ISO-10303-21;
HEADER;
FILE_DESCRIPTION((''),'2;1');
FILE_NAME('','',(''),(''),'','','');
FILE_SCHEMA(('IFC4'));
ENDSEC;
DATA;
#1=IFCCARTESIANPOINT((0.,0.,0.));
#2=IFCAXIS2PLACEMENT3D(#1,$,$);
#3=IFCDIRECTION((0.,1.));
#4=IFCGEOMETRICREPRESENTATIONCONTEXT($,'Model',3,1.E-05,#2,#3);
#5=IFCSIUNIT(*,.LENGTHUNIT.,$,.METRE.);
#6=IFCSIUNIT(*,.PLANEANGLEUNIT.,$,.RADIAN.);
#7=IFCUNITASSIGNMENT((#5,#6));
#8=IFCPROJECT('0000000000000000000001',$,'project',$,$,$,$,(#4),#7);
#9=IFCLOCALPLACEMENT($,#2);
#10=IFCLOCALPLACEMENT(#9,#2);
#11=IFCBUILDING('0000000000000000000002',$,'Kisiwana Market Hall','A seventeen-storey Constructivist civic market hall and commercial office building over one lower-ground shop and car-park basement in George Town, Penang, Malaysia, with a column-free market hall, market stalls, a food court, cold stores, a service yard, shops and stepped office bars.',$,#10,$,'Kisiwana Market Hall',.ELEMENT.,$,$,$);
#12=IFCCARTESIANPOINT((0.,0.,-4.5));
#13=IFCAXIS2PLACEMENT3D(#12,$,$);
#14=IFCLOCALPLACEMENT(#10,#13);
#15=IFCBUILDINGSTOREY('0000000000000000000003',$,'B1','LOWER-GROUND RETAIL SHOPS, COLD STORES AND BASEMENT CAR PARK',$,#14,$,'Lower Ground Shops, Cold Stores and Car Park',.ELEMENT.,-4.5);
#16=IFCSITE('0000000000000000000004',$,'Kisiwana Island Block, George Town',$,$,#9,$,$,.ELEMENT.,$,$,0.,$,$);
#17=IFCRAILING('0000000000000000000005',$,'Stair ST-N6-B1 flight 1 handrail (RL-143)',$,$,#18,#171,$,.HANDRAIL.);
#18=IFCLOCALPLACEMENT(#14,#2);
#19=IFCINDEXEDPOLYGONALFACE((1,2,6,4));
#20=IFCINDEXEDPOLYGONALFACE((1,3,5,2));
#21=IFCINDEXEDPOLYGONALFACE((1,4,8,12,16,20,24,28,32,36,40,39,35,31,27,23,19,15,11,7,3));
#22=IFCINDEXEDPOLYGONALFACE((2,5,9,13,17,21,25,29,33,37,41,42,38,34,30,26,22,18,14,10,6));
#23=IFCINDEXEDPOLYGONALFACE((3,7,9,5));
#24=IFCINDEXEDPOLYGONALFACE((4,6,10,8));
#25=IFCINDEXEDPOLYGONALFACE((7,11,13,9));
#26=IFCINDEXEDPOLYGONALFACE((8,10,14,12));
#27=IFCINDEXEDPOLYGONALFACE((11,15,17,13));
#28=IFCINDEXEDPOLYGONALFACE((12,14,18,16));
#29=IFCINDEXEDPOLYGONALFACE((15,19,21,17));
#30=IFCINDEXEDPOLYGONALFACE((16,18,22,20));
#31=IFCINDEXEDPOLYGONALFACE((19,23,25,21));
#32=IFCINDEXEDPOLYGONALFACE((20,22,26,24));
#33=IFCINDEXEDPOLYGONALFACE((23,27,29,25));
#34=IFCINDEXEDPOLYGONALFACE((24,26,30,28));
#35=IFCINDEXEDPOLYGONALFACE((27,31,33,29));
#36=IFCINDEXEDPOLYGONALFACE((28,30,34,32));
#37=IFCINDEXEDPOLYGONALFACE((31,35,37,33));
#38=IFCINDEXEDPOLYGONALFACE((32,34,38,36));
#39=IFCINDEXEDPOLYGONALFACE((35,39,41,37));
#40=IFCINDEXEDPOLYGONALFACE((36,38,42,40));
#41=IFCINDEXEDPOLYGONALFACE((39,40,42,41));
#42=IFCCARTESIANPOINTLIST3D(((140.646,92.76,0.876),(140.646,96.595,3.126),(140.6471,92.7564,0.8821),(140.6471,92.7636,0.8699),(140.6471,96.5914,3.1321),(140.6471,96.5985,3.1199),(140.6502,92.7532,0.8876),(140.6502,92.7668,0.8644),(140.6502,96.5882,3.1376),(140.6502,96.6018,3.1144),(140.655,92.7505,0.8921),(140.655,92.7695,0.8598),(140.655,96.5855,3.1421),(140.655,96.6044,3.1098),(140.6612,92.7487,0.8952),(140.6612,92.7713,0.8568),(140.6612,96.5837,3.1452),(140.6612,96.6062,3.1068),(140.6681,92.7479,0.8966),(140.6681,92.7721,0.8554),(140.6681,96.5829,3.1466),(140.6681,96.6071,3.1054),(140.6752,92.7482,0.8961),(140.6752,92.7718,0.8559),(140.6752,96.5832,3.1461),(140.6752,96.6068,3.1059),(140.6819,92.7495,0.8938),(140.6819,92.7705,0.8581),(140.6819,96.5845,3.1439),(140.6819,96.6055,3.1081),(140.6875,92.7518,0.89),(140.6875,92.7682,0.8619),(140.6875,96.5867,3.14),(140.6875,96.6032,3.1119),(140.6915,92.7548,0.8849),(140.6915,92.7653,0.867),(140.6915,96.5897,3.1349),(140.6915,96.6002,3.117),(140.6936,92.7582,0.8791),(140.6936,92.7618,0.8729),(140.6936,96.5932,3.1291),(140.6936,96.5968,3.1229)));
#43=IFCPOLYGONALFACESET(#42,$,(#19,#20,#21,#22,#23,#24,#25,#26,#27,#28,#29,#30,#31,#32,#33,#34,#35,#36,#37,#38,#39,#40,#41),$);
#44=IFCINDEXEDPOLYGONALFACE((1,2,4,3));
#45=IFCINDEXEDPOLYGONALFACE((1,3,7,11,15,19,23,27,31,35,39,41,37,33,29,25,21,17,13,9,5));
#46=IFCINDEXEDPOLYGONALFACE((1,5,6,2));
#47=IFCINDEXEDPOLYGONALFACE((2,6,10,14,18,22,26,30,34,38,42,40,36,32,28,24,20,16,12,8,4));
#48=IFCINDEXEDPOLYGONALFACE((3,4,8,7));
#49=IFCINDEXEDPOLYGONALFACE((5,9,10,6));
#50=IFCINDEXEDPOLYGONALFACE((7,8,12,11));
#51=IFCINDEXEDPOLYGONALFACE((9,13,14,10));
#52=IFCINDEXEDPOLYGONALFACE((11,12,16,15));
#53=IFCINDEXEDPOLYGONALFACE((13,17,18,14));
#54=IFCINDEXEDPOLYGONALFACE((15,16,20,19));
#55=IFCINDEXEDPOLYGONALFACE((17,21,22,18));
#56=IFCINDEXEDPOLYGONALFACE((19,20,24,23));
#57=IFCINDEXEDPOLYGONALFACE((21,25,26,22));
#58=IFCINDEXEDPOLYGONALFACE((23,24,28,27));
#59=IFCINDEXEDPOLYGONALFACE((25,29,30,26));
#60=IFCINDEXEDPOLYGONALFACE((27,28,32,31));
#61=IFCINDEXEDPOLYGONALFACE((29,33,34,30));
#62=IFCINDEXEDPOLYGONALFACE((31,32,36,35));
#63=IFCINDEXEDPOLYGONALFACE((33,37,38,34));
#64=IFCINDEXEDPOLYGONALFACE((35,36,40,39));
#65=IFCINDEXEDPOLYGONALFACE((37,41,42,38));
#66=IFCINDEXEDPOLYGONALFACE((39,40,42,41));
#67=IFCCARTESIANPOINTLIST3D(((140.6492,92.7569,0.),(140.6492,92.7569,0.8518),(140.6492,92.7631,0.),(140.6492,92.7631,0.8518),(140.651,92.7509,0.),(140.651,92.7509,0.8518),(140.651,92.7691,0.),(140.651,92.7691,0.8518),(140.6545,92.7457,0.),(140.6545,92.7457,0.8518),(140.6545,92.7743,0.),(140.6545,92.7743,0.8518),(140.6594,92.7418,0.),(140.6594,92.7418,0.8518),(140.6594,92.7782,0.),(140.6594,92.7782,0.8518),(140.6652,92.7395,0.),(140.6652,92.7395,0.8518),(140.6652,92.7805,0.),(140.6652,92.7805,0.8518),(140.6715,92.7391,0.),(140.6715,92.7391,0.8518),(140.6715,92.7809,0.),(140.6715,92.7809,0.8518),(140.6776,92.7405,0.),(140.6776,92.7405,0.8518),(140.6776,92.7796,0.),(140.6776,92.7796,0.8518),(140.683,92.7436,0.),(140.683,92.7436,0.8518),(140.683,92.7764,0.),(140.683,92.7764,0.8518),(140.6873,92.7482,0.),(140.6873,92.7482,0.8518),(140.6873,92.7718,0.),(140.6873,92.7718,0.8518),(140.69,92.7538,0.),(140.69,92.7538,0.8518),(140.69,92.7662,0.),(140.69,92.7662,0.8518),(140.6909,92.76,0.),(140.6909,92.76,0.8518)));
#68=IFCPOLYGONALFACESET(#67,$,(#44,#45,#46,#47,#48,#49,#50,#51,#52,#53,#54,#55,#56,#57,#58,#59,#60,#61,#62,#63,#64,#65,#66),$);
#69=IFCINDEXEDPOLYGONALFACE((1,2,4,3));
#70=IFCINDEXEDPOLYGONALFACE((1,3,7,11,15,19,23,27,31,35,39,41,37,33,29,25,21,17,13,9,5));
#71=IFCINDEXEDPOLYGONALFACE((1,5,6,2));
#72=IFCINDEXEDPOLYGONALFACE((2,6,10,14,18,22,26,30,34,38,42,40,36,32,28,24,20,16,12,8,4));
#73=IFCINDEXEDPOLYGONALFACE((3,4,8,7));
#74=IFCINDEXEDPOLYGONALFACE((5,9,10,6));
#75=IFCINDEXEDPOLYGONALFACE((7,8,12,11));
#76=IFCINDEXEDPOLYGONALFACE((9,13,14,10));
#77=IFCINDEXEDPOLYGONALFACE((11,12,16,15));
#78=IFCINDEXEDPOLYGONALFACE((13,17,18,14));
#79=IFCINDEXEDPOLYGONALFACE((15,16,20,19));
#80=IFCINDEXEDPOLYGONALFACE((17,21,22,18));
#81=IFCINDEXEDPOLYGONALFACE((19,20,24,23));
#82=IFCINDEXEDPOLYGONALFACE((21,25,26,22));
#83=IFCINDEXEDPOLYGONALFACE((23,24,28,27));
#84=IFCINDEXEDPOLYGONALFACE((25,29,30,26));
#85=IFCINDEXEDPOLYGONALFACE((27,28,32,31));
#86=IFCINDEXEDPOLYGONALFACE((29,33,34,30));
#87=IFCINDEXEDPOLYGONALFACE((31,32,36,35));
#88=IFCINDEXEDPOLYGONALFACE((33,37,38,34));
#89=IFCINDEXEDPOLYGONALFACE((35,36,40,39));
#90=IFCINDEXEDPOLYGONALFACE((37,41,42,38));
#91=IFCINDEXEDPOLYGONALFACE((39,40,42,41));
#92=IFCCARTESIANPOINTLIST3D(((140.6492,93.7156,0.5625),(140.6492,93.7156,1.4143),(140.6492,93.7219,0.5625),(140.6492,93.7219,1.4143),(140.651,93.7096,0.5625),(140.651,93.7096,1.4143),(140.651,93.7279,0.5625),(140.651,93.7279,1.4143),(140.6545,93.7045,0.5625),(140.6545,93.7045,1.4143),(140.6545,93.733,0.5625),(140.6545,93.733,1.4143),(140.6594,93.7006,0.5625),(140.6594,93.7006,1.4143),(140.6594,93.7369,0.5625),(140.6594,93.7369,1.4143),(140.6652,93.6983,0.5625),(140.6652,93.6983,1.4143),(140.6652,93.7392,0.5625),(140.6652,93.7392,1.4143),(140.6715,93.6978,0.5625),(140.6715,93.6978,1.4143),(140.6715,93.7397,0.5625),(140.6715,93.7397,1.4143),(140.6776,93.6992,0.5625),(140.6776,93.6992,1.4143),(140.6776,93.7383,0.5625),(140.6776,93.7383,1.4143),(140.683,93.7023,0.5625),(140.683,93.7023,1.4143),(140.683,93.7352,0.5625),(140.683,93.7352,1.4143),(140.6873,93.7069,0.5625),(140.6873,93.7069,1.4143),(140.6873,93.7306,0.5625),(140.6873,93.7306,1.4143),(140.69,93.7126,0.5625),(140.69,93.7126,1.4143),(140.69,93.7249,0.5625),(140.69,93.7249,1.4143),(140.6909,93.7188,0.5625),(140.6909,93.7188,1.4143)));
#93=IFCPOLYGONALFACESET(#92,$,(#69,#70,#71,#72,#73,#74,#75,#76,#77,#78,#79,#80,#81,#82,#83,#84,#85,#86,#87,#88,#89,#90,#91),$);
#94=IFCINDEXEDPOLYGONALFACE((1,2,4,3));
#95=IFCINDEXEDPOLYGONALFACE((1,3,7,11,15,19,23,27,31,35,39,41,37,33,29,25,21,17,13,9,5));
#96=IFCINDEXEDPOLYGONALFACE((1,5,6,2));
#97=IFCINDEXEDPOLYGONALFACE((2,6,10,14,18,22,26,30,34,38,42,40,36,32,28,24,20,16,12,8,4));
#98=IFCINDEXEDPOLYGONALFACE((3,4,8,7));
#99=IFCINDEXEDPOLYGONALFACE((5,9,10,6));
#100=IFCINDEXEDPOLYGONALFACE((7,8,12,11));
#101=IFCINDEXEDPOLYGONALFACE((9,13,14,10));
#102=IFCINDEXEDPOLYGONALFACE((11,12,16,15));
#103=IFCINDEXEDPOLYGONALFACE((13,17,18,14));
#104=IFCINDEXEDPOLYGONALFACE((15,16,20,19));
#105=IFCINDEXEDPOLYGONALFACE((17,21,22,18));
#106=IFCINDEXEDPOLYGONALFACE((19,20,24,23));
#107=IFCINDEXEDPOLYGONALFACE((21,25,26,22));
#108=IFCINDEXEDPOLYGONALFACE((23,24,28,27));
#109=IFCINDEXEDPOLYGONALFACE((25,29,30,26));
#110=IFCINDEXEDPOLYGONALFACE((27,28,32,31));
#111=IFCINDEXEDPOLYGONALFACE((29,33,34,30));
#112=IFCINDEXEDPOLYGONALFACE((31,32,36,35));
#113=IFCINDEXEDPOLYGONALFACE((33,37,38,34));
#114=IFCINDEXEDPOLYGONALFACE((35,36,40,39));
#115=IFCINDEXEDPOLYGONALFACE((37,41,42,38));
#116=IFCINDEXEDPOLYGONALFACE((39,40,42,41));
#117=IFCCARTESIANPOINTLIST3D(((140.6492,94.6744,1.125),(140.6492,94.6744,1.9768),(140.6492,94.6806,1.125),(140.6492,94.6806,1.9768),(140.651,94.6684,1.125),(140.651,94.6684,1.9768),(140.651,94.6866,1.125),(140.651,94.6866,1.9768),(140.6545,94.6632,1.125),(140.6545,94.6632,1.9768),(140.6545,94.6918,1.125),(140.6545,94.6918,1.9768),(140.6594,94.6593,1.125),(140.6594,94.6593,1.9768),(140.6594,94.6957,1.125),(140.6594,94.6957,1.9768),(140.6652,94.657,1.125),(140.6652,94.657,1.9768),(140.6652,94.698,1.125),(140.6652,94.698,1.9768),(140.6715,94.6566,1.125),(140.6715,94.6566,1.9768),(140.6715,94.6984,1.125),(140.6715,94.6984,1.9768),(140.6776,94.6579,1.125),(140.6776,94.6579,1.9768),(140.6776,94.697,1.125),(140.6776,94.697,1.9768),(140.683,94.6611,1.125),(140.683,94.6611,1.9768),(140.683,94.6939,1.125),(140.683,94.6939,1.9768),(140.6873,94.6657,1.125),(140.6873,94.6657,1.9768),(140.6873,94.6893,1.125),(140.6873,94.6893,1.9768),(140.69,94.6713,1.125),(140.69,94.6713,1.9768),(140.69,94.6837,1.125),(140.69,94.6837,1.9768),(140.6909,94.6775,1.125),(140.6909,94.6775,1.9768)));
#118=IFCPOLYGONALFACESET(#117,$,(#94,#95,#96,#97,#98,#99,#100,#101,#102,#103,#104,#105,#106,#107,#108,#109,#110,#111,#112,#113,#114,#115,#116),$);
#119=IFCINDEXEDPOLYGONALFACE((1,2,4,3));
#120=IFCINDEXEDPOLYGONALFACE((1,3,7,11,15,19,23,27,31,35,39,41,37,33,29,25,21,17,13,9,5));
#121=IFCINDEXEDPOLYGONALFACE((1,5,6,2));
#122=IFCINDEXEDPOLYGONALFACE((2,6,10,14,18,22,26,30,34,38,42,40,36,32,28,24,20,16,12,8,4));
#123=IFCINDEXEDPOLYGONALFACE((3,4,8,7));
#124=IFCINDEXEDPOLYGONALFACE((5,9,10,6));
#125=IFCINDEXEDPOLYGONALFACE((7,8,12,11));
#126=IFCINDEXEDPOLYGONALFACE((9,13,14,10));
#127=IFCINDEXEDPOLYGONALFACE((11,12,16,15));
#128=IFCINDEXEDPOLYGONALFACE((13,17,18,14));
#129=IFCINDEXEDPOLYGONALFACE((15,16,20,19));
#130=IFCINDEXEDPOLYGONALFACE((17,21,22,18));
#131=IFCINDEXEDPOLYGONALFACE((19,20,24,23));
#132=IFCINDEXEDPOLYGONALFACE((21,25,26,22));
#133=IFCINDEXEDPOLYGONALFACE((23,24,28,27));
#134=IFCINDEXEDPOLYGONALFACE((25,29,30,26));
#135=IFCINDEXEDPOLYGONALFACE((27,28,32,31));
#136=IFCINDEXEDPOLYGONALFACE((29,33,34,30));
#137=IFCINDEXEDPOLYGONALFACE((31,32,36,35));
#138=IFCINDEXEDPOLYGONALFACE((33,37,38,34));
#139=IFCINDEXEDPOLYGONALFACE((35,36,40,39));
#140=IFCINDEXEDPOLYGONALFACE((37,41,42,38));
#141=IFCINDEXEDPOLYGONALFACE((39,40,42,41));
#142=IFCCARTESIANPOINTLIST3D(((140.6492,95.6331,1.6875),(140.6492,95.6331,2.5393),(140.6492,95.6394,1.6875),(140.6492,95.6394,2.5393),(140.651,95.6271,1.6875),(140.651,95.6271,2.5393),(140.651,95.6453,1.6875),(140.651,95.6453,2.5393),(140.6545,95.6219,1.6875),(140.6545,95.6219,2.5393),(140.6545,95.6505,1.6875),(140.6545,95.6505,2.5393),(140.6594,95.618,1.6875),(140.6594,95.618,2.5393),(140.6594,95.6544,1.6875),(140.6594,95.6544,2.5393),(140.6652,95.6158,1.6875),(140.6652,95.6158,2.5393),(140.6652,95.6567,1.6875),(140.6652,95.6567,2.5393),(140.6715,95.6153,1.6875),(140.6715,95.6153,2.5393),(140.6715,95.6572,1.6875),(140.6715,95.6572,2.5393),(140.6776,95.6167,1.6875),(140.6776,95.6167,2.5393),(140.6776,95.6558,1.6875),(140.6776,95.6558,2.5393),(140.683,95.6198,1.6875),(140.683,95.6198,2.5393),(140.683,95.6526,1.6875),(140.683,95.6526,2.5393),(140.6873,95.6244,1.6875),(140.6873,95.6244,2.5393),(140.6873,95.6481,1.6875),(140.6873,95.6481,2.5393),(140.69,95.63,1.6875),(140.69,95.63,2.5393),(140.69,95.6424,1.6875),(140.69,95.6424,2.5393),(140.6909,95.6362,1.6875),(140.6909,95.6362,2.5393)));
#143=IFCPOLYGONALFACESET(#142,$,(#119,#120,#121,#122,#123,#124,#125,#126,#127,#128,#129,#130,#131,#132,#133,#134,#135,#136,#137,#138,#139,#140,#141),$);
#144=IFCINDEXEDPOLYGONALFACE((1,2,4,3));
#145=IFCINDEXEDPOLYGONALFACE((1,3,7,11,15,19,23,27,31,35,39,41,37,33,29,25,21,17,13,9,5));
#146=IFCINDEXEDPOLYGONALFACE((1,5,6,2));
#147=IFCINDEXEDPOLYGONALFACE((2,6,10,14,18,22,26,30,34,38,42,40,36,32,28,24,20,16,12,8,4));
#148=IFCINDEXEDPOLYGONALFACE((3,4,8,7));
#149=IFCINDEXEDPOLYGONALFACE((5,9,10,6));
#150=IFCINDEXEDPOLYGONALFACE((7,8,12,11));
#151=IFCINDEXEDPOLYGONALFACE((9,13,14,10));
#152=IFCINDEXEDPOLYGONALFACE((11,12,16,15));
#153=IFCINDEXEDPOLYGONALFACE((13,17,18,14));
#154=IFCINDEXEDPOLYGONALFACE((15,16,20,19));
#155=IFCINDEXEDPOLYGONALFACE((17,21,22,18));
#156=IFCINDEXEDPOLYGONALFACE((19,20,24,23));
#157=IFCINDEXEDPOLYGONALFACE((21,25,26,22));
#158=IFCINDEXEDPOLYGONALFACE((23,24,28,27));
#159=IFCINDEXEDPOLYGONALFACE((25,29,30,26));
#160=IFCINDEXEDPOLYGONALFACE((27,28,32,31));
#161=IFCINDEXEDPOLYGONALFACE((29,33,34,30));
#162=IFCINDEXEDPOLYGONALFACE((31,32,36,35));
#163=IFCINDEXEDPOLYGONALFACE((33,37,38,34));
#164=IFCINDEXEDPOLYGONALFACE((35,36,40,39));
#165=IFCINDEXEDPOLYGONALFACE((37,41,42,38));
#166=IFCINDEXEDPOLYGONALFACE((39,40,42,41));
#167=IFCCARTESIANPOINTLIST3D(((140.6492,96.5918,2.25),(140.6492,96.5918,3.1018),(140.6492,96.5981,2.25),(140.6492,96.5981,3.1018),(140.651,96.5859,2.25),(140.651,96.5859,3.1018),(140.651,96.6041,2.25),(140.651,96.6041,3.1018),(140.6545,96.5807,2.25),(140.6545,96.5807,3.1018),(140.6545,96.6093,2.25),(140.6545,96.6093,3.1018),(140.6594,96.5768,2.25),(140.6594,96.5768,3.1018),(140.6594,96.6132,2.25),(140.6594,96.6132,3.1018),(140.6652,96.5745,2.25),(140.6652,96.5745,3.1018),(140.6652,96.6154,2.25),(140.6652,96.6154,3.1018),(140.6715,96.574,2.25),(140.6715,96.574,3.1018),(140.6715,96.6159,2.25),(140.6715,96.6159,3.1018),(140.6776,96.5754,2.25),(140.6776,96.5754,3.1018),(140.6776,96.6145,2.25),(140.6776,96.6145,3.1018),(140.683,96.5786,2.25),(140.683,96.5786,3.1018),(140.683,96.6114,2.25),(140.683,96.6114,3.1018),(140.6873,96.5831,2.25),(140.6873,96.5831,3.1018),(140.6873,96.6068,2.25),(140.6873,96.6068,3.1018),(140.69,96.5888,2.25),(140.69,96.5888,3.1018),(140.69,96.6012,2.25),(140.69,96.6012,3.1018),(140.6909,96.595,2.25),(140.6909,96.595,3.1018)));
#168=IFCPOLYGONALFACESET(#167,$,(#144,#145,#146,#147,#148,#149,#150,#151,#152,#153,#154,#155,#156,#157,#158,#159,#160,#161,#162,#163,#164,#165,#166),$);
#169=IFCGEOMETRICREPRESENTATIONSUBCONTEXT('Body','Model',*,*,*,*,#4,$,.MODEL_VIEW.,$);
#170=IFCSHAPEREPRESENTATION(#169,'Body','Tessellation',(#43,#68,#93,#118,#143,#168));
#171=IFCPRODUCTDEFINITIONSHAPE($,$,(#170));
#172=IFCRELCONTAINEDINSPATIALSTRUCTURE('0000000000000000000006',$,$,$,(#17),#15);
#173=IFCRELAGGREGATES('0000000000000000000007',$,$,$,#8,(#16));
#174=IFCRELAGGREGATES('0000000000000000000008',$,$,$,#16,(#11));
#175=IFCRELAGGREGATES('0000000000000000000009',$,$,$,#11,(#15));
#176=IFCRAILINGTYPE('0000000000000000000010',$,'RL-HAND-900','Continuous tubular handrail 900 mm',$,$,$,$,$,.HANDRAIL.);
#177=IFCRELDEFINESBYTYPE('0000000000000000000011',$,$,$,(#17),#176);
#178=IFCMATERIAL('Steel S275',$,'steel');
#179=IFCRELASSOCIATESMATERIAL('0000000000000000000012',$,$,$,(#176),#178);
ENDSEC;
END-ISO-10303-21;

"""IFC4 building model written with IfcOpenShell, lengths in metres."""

from ifc_helpers import new_model, si_unit, direction, frame, origin, origin_2d, place, context, subcontext, project, spatial, circle, extrude, material, type_object, element, save


model = new_model("IFC4")

# Units and contexts
model_context = context("Model", 3, precision=1e-05, world=origin(), true_north=direction((0.0, 1.0)))
body_context = subcontext(model_context, "Body", "Model", "MODEL_VIEW")
ifc_project = project(units=[si_unit("LENGTHUNIT", "METRE"), si_unit("PLANEANGLEUNIT", "RADIAN")], contexts=[model_context])

# Site, building, storey
site_placement = place(None, origin())
site = spatial("IfcSite", under=ifc_project, at=site_placement, Name="Kisiwana Island Block, George Town", CompositionType="ELEMENT", RefElevation=0.0)
building_placement = place(site_placement, origin())
building = spatial("IfcBuilding", under=site, at=building_placement, Name="Kisiwana Market Hall", Description="A seventeen-storey Constructivist civic market hall and commercial office building over one lower-ground shop and car-park basement in George Town, Penang, Malaysia, with a column-free market hall, market stalls, a food court, cold stores, a service yard, shops and stepped office bars.", LongName="Kisiwana Market Hall", CompositionType="ELEMENT")
storey_placement = place(building_placement, frame((0.0, 0.0, -4.5)))
storey = spatial("IfcBuildingStorey", under=building, at=storey_placement, Name="B1", Description="LOWER-GROUND RETAIL SHOPS, COLD STORES AND BASEMENT CAR PARK", LongName="Lower Ground Shops, Cold Stores and Car Park", CompositionType="ELEMENT", Elevation=-4.5)

# Railing
ifc_material_1 = material(Name="Steel S275", Category="steel")
railing_type_1 = type_object("IfcRailingType", Name="RL-HAND-900", Description="Continuous tubular handrail 900 mm", PredefinedType="HANDRAIL", material=ifc_material_1)
for number, where, name in (
    (1, (140.6699, 92.76, 0.0), "Stair ST-N6-B1 flight 1 handrail (RL-143)"),
):
    element("IfcRailing", number, at=place(storey_placement, frame(where)), inside=storey, type_object=railing_type_1, Name=name, PredefinedType="HANDRAIL", context=body_context, shape_type="SweptSolid", body=[
        extrude(circle(Radius=0.0239, at=origin_2d()), frame((0.0, 0.0, 0.876), z_axis=(0.0, 0.86251, 0.506041), x_axis=(-1.0, 0.0, 0.0)), (0.0, 0.0, 1.0), 4.4463),
        extrude(circle(Radius=0.021, at=origin_2d()), origin(), (0.0, 0.0, 1.0), 0.8518),
        extrude(circle(Radius=0.021, at=origin_2d()), frame((0.0, 0.9587, 0.5625)), (0.0, 0.0, 1.0), 0.8518),
        extrude(circle(Radius=0.021, at=origin_2d()), frame((0.0, 1.9175, 1.125)), (0.0, 0.0, 1.0), 0.8518),
        extrude(circle(Radius=0.021, at=origin_2d()), frame((0.0, 2.8762, 1.6875)), (0.0, 0.0, 1.0), 0.8518),
        extrude(circle(Radius=0.021, at=origin_2d()), frame((0.0, 3.835, 2.25)), (0.0, 0.0, 1.0), 0.8518),
    ])

save(model, "model.ifc")
